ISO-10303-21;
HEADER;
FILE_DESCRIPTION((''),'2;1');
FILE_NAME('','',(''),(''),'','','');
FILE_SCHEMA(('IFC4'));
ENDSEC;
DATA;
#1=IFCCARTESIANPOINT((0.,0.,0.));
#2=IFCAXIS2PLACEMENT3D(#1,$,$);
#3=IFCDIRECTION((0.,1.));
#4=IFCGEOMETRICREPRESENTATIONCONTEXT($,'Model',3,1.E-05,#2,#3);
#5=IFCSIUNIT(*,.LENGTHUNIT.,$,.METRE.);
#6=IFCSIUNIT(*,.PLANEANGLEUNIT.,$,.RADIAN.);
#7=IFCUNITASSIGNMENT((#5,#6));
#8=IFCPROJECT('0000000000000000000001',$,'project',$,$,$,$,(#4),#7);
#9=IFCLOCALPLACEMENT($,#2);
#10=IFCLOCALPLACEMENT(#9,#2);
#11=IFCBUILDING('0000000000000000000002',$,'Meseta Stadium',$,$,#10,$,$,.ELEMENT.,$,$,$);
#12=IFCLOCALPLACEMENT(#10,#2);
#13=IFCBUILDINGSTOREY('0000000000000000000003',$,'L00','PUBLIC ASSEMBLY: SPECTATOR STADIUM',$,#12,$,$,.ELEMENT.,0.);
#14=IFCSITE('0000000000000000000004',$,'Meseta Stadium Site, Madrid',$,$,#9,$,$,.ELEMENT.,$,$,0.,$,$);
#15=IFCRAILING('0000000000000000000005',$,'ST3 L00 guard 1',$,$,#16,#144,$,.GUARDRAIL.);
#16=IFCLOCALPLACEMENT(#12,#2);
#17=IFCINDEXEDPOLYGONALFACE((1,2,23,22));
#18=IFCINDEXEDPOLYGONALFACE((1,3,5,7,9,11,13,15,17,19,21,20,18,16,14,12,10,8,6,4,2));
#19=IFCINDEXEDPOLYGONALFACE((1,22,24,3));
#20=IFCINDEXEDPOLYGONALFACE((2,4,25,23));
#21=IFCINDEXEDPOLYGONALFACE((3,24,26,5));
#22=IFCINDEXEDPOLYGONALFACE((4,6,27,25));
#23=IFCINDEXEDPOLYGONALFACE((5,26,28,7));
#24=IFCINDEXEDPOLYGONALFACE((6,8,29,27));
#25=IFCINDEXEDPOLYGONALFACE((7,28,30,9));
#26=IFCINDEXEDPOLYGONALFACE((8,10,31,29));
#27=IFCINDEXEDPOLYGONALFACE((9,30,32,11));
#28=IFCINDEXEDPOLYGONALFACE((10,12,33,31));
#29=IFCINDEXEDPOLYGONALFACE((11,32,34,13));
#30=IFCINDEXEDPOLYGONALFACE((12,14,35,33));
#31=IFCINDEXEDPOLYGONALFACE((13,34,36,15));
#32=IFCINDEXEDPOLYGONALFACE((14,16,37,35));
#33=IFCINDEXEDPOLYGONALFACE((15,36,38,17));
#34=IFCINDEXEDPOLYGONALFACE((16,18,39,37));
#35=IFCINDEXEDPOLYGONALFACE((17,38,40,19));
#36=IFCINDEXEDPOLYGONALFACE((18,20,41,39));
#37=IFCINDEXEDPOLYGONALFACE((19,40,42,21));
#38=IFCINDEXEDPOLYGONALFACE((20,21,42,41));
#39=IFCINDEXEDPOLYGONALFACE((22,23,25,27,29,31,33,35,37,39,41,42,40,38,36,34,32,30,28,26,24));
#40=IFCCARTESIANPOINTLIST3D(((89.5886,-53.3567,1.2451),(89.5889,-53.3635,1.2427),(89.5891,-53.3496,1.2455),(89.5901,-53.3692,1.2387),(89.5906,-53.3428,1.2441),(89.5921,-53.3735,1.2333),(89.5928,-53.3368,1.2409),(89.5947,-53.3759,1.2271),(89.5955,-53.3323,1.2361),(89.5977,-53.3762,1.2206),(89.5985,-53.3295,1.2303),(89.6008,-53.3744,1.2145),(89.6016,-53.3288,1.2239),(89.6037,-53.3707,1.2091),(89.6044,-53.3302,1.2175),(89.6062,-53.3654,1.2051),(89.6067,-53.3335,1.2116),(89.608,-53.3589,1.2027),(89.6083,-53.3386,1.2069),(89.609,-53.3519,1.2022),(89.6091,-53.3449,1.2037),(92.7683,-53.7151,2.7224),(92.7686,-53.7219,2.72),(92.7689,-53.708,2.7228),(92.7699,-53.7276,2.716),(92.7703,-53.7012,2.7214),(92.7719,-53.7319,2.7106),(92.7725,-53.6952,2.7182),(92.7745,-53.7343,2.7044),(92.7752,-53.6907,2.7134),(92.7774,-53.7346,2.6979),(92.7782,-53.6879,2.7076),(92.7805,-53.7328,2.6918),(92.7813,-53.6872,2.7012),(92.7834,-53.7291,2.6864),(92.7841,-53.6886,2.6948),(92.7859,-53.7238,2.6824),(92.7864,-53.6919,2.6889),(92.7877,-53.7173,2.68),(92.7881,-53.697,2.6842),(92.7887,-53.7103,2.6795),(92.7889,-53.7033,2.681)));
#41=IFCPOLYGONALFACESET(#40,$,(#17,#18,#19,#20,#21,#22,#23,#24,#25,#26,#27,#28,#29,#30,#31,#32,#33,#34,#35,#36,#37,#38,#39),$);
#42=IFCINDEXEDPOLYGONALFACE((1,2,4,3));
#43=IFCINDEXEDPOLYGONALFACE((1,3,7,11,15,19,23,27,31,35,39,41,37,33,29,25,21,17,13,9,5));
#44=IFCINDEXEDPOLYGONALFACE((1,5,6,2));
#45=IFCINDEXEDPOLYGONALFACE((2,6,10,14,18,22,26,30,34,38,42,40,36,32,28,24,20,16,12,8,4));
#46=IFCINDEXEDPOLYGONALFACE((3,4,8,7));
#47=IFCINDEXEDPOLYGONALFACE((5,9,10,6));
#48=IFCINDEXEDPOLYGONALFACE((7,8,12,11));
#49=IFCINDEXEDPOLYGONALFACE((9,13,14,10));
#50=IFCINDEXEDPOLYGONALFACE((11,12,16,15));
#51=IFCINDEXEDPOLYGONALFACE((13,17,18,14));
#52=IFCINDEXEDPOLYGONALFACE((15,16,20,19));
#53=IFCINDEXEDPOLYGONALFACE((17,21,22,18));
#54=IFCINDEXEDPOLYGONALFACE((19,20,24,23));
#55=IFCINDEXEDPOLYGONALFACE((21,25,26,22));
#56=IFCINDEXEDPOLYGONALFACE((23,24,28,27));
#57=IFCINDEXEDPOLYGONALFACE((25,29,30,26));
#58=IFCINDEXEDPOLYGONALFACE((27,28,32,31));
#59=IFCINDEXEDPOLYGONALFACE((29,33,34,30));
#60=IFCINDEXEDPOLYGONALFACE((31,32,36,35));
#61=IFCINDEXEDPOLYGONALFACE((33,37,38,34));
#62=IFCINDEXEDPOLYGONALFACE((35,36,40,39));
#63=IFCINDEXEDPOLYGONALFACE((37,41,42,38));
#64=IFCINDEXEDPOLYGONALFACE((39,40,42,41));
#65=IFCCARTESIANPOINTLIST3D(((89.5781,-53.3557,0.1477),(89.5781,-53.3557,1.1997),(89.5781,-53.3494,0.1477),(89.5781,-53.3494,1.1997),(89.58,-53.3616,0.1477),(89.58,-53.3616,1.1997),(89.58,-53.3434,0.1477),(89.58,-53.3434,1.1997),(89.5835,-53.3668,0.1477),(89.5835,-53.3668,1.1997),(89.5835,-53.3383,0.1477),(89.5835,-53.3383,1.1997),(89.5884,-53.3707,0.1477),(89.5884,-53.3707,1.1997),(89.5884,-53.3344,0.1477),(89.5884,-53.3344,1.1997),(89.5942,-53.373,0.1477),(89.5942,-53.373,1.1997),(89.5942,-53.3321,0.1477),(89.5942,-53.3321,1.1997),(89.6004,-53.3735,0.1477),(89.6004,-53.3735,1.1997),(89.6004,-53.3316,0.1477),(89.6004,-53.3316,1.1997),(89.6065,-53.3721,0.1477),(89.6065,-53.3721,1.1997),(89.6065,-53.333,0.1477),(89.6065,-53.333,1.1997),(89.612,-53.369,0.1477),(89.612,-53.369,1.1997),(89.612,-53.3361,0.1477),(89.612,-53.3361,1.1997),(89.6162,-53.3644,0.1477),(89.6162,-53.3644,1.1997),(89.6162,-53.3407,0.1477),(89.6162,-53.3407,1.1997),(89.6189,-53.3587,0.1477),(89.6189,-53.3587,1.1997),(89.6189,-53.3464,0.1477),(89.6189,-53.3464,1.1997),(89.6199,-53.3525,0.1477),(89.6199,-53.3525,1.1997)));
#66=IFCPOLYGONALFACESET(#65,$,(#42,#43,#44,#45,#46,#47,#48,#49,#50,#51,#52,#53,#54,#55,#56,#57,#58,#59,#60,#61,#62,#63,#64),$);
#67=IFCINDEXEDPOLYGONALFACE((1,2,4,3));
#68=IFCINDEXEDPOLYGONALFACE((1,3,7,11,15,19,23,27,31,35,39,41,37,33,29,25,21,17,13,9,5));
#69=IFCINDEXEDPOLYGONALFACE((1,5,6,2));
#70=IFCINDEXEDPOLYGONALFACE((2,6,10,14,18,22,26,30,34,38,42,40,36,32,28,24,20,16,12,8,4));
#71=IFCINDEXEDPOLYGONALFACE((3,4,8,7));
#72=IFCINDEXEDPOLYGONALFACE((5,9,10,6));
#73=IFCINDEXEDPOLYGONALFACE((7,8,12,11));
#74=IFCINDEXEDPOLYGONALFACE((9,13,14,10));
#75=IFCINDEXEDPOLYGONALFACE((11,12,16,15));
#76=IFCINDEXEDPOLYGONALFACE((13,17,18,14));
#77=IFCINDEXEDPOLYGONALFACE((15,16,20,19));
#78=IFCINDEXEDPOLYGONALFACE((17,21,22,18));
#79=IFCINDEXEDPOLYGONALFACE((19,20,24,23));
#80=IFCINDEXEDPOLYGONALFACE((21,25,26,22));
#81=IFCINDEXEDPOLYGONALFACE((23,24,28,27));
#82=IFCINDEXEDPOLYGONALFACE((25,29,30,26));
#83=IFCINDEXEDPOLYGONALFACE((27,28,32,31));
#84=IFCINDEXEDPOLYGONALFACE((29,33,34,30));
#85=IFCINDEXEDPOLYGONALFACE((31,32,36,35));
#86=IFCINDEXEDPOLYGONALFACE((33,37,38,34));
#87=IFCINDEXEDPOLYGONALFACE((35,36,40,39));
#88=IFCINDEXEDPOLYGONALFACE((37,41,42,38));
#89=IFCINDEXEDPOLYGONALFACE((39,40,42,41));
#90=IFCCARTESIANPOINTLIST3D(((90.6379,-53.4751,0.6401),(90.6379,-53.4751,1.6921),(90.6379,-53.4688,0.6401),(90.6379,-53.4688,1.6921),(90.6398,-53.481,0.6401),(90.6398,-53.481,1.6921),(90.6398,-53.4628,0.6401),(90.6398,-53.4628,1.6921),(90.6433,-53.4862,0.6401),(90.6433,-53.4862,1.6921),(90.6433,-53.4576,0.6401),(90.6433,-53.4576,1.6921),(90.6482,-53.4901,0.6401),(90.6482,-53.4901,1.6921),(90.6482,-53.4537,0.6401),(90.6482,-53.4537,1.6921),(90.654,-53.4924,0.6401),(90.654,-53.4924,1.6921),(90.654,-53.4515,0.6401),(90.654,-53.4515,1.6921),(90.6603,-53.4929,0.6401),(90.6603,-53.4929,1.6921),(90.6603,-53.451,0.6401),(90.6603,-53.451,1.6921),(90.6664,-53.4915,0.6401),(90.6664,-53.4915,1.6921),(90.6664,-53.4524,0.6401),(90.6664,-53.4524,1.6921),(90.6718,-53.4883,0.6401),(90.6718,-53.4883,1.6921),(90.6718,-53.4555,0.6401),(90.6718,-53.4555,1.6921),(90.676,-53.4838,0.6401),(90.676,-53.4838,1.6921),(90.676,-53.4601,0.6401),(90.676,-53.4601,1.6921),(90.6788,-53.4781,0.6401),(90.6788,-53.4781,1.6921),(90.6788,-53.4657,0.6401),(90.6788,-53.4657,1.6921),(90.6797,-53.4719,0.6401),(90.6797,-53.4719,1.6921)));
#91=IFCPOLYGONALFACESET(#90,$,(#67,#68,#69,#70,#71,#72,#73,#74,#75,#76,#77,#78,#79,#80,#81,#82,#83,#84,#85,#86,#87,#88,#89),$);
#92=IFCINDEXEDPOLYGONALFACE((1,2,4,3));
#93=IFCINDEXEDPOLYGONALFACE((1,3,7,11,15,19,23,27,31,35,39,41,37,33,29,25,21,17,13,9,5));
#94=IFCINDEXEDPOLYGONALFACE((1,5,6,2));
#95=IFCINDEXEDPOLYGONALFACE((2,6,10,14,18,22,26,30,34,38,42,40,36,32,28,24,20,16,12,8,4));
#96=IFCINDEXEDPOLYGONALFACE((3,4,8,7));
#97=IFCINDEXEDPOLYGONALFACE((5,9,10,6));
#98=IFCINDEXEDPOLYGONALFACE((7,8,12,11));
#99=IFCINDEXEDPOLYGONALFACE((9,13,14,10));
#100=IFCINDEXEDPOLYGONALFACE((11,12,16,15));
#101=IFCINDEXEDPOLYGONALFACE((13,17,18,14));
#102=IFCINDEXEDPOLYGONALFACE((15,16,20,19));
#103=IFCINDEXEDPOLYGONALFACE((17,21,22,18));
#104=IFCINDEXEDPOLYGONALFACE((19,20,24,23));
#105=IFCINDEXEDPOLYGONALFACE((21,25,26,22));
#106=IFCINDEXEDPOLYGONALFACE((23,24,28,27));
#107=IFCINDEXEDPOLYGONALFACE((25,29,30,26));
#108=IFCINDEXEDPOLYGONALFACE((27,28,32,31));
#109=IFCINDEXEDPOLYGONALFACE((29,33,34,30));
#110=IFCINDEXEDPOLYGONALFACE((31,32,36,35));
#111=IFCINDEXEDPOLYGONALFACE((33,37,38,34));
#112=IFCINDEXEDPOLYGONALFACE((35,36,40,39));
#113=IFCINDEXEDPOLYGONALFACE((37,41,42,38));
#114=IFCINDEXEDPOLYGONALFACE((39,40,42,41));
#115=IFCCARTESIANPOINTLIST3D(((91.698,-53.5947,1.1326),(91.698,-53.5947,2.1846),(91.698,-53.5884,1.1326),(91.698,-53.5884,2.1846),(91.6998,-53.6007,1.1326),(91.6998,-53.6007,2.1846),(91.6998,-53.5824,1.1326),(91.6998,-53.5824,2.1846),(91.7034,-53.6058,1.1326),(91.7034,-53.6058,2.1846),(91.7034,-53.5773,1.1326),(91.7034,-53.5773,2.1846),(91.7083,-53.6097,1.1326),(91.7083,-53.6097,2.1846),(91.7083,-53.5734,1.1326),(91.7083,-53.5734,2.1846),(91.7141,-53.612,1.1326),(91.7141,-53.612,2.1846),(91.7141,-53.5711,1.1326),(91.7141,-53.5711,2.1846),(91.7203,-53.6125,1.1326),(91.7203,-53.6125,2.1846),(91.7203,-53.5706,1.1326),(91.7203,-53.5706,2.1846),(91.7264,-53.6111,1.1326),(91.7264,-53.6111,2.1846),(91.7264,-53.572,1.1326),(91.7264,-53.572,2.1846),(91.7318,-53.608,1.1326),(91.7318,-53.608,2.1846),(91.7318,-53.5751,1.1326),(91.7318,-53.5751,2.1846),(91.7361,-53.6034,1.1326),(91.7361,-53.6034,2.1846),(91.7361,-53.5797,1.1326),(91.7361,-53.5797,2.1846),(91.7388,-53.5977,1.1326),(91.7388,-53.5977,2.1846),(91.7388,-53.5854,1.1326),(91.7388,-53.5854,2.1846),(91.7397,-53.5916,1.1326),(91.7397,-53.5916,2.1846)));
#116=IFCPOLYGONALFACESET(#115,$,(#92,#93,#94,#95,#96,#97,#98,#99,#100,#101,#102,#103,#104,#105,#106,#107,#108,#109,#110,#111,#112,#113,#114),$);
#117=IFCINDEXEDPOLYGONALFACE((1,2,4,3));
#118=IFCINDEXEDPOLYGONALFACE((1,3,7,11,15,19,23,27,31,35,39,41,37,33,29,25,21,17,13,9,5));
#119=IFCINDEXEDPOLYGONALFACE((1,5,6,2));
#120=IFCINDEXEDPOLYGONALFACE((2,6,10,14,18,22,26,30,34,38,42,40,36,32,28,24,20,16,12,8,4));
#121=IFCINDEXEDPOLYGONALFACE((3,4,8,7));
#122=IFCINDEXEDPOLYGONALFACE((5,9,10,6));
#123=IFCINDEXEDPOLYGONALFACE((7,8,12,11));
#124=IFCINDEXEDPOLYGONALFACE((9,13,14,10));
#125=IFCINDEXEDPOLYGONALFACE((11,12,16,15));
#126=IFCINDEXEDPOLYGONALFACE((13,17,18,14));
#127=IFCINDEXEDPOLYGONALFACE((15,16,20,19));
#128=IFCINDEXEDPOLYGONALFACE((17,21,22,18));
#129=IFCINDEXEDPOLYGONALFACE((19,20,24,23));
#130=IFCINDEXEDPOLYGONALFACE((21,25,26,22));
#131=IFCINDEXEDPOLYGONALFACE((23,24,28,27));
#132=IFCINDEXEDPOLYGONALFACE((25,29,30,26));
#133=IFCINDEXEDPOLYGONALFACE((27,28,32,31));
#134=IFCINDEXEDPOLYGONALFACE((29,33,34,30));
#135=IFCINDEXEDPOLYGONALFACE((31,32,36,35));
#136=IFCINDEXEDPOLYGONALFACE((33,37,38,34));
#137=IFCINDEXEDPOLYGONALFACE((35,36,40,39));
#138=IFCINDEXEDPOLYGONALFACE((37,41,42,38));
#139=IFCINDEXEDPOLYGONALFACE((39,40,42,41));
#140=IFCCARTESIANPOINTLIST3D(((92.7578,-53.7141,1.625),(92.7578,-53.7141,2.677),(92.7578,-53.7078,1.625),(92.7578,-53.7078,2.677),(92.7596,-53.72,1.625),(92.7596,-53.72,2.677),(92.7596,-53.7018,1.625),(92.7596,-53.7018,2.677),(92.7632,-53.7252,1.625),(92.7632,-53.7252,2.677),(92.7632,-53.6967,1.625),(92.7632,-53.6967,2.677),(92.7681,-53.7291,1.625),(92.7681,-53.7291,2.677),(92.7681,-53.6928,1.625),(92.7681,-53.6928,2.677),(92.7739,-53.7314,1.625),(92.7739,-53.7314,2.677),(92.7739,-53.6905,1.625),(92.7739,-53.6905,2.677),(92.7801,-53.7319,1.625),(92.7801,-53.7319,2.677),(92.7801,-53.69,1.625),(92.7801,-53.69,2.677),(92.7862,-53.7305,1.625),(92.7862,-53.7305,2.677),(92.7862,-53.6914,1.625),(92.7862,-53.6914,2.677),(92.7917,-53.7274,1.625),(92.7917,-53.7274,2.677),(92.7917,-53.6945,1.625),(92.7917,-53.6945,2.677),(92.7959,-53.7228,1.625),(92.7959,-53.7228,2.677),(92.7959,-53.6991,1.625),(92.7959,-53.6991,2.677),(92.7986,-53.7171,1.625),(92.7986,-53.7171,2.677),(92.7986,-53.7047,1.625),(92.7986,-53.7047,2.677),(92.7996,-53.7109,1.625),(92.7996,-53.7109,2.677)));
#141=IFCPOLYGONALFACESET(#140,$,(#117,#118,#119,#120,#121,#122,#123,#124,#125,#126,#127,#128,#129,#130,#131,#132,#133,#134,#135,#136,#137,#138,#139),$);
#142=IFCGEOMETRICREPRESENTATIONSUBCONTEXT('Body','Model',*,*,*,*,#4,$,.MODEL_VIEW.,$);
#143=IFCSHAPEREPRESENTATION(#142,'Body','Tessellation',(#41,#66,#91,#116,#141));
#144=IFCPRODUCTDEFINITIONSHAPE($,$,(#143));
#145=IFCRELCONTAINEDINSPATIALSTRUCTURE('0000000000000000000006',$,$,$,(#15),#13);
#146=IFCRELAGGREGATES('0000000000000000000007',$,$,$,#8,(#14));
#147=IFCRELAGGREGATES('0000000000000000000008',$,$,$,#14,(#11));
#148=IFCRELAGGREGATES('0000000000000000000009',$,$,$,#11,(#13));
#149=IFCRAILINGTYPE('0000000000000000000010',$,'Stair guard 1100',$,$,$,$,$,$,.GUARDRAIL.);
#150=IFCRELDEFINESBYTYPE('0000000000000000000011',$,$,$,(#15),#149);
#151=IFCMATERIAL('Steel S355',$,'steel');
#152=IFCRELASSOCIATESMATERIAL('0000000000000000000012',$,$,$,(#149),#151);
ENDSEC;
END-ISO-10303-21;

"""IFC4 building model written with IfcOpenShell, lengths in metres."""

from ifc_helpers import new_model, si_unit, direction, frame, origin, origin_2d, place, context, subcontext, project, spatial, circle, extrude, material, type_object, element, save


model = new_model("IFC4")

# Units and contexts
model_context = context("Model", 3, precision=1e-05, world=origin(), true_north=direction((0.0, 1.0)))
body_context = subcontext(model_context, "Body", "Model", "MODEL_VIEW")
ifc_project = project(units=[si_unit("LENGTHUNIT", "METRE"), si_unit("PLANEANGLEUNIT", "RADIAN")], contexts=[model_context])

# Site, building, storey
site_placement = place(None, origin())
site = spatial("IfcSite", under=ifc_project, at=site_placement, Name="Meseta Stadium Site, Madrid", CompositionType="ELEMENT", RefElevation=0.0)
building_placement = place(site_placement, origin())
building = spatial("IfcBuilding", under=site, at=building_placement, Name="Meseta Stadium", CompositionType="ELEMENT")
storey_placement = place(building_placement, origin())
storey = spatial("IfcBuildingStorey", under=building, at=storey_placement, Name="L00", Description="PUBLIC ASSEMBLY: SPECTATOR STADIUM", CompositionType="ELEMENT", Elevation=0.0)

# Railing
ifc_material_1 = material(Name="Steel S355", Category="steel")
railing_type_1 = type_object("IfcRailingType", Name="Stair guard 1100", PredefinedType="GUARDRAIL", material=ifc_material_1)
railing_1_placement = place(storey_placement, frame((89.5989, -53.3525, 0.1477)))
element("IfcRailing", 1, at=railing_1_placement, inside=storey, type_object=railing_type_1, Name="ST3 L00 guard 1", PredefinedType="GUARDRAIL", context=body_context, shape_type="SweptSolid", body=[
    extrude(circle(Radius=0.0239, at=origin_2d()), frame((0.0, 0.0, 1.0762), z_axis=(0.902197, -0.101691, 0.419164), x_axis=(0.112006, 0.993708, 0.0)), (0.0, 0.0, 1.0), 3.5244),
    extrude(circle(Radius=0.021, at=origin_2d()), origin(), (0.0, 0.0, 1.0), 1.052),
    extrude(circle(Radius=0.021, at=origin_2d()), frame((1.0598, -0.1194, 0.4924)), (0.0, 0.0, 1.0), 1.052),
    extrude(circle(Radius=0.021, at=origin_2d()), frame((2.1199, -0.239, 0.9849)), (0.0, 0.0, 1.0), 1.052),
    extrude(circle(Radius=0.021, at=origin_2d()), frame((3.1797, -0.3584, 1.4773)), (0.0, 0.0, 1.0), 1.052),
])

save(model, "model.ifc")
